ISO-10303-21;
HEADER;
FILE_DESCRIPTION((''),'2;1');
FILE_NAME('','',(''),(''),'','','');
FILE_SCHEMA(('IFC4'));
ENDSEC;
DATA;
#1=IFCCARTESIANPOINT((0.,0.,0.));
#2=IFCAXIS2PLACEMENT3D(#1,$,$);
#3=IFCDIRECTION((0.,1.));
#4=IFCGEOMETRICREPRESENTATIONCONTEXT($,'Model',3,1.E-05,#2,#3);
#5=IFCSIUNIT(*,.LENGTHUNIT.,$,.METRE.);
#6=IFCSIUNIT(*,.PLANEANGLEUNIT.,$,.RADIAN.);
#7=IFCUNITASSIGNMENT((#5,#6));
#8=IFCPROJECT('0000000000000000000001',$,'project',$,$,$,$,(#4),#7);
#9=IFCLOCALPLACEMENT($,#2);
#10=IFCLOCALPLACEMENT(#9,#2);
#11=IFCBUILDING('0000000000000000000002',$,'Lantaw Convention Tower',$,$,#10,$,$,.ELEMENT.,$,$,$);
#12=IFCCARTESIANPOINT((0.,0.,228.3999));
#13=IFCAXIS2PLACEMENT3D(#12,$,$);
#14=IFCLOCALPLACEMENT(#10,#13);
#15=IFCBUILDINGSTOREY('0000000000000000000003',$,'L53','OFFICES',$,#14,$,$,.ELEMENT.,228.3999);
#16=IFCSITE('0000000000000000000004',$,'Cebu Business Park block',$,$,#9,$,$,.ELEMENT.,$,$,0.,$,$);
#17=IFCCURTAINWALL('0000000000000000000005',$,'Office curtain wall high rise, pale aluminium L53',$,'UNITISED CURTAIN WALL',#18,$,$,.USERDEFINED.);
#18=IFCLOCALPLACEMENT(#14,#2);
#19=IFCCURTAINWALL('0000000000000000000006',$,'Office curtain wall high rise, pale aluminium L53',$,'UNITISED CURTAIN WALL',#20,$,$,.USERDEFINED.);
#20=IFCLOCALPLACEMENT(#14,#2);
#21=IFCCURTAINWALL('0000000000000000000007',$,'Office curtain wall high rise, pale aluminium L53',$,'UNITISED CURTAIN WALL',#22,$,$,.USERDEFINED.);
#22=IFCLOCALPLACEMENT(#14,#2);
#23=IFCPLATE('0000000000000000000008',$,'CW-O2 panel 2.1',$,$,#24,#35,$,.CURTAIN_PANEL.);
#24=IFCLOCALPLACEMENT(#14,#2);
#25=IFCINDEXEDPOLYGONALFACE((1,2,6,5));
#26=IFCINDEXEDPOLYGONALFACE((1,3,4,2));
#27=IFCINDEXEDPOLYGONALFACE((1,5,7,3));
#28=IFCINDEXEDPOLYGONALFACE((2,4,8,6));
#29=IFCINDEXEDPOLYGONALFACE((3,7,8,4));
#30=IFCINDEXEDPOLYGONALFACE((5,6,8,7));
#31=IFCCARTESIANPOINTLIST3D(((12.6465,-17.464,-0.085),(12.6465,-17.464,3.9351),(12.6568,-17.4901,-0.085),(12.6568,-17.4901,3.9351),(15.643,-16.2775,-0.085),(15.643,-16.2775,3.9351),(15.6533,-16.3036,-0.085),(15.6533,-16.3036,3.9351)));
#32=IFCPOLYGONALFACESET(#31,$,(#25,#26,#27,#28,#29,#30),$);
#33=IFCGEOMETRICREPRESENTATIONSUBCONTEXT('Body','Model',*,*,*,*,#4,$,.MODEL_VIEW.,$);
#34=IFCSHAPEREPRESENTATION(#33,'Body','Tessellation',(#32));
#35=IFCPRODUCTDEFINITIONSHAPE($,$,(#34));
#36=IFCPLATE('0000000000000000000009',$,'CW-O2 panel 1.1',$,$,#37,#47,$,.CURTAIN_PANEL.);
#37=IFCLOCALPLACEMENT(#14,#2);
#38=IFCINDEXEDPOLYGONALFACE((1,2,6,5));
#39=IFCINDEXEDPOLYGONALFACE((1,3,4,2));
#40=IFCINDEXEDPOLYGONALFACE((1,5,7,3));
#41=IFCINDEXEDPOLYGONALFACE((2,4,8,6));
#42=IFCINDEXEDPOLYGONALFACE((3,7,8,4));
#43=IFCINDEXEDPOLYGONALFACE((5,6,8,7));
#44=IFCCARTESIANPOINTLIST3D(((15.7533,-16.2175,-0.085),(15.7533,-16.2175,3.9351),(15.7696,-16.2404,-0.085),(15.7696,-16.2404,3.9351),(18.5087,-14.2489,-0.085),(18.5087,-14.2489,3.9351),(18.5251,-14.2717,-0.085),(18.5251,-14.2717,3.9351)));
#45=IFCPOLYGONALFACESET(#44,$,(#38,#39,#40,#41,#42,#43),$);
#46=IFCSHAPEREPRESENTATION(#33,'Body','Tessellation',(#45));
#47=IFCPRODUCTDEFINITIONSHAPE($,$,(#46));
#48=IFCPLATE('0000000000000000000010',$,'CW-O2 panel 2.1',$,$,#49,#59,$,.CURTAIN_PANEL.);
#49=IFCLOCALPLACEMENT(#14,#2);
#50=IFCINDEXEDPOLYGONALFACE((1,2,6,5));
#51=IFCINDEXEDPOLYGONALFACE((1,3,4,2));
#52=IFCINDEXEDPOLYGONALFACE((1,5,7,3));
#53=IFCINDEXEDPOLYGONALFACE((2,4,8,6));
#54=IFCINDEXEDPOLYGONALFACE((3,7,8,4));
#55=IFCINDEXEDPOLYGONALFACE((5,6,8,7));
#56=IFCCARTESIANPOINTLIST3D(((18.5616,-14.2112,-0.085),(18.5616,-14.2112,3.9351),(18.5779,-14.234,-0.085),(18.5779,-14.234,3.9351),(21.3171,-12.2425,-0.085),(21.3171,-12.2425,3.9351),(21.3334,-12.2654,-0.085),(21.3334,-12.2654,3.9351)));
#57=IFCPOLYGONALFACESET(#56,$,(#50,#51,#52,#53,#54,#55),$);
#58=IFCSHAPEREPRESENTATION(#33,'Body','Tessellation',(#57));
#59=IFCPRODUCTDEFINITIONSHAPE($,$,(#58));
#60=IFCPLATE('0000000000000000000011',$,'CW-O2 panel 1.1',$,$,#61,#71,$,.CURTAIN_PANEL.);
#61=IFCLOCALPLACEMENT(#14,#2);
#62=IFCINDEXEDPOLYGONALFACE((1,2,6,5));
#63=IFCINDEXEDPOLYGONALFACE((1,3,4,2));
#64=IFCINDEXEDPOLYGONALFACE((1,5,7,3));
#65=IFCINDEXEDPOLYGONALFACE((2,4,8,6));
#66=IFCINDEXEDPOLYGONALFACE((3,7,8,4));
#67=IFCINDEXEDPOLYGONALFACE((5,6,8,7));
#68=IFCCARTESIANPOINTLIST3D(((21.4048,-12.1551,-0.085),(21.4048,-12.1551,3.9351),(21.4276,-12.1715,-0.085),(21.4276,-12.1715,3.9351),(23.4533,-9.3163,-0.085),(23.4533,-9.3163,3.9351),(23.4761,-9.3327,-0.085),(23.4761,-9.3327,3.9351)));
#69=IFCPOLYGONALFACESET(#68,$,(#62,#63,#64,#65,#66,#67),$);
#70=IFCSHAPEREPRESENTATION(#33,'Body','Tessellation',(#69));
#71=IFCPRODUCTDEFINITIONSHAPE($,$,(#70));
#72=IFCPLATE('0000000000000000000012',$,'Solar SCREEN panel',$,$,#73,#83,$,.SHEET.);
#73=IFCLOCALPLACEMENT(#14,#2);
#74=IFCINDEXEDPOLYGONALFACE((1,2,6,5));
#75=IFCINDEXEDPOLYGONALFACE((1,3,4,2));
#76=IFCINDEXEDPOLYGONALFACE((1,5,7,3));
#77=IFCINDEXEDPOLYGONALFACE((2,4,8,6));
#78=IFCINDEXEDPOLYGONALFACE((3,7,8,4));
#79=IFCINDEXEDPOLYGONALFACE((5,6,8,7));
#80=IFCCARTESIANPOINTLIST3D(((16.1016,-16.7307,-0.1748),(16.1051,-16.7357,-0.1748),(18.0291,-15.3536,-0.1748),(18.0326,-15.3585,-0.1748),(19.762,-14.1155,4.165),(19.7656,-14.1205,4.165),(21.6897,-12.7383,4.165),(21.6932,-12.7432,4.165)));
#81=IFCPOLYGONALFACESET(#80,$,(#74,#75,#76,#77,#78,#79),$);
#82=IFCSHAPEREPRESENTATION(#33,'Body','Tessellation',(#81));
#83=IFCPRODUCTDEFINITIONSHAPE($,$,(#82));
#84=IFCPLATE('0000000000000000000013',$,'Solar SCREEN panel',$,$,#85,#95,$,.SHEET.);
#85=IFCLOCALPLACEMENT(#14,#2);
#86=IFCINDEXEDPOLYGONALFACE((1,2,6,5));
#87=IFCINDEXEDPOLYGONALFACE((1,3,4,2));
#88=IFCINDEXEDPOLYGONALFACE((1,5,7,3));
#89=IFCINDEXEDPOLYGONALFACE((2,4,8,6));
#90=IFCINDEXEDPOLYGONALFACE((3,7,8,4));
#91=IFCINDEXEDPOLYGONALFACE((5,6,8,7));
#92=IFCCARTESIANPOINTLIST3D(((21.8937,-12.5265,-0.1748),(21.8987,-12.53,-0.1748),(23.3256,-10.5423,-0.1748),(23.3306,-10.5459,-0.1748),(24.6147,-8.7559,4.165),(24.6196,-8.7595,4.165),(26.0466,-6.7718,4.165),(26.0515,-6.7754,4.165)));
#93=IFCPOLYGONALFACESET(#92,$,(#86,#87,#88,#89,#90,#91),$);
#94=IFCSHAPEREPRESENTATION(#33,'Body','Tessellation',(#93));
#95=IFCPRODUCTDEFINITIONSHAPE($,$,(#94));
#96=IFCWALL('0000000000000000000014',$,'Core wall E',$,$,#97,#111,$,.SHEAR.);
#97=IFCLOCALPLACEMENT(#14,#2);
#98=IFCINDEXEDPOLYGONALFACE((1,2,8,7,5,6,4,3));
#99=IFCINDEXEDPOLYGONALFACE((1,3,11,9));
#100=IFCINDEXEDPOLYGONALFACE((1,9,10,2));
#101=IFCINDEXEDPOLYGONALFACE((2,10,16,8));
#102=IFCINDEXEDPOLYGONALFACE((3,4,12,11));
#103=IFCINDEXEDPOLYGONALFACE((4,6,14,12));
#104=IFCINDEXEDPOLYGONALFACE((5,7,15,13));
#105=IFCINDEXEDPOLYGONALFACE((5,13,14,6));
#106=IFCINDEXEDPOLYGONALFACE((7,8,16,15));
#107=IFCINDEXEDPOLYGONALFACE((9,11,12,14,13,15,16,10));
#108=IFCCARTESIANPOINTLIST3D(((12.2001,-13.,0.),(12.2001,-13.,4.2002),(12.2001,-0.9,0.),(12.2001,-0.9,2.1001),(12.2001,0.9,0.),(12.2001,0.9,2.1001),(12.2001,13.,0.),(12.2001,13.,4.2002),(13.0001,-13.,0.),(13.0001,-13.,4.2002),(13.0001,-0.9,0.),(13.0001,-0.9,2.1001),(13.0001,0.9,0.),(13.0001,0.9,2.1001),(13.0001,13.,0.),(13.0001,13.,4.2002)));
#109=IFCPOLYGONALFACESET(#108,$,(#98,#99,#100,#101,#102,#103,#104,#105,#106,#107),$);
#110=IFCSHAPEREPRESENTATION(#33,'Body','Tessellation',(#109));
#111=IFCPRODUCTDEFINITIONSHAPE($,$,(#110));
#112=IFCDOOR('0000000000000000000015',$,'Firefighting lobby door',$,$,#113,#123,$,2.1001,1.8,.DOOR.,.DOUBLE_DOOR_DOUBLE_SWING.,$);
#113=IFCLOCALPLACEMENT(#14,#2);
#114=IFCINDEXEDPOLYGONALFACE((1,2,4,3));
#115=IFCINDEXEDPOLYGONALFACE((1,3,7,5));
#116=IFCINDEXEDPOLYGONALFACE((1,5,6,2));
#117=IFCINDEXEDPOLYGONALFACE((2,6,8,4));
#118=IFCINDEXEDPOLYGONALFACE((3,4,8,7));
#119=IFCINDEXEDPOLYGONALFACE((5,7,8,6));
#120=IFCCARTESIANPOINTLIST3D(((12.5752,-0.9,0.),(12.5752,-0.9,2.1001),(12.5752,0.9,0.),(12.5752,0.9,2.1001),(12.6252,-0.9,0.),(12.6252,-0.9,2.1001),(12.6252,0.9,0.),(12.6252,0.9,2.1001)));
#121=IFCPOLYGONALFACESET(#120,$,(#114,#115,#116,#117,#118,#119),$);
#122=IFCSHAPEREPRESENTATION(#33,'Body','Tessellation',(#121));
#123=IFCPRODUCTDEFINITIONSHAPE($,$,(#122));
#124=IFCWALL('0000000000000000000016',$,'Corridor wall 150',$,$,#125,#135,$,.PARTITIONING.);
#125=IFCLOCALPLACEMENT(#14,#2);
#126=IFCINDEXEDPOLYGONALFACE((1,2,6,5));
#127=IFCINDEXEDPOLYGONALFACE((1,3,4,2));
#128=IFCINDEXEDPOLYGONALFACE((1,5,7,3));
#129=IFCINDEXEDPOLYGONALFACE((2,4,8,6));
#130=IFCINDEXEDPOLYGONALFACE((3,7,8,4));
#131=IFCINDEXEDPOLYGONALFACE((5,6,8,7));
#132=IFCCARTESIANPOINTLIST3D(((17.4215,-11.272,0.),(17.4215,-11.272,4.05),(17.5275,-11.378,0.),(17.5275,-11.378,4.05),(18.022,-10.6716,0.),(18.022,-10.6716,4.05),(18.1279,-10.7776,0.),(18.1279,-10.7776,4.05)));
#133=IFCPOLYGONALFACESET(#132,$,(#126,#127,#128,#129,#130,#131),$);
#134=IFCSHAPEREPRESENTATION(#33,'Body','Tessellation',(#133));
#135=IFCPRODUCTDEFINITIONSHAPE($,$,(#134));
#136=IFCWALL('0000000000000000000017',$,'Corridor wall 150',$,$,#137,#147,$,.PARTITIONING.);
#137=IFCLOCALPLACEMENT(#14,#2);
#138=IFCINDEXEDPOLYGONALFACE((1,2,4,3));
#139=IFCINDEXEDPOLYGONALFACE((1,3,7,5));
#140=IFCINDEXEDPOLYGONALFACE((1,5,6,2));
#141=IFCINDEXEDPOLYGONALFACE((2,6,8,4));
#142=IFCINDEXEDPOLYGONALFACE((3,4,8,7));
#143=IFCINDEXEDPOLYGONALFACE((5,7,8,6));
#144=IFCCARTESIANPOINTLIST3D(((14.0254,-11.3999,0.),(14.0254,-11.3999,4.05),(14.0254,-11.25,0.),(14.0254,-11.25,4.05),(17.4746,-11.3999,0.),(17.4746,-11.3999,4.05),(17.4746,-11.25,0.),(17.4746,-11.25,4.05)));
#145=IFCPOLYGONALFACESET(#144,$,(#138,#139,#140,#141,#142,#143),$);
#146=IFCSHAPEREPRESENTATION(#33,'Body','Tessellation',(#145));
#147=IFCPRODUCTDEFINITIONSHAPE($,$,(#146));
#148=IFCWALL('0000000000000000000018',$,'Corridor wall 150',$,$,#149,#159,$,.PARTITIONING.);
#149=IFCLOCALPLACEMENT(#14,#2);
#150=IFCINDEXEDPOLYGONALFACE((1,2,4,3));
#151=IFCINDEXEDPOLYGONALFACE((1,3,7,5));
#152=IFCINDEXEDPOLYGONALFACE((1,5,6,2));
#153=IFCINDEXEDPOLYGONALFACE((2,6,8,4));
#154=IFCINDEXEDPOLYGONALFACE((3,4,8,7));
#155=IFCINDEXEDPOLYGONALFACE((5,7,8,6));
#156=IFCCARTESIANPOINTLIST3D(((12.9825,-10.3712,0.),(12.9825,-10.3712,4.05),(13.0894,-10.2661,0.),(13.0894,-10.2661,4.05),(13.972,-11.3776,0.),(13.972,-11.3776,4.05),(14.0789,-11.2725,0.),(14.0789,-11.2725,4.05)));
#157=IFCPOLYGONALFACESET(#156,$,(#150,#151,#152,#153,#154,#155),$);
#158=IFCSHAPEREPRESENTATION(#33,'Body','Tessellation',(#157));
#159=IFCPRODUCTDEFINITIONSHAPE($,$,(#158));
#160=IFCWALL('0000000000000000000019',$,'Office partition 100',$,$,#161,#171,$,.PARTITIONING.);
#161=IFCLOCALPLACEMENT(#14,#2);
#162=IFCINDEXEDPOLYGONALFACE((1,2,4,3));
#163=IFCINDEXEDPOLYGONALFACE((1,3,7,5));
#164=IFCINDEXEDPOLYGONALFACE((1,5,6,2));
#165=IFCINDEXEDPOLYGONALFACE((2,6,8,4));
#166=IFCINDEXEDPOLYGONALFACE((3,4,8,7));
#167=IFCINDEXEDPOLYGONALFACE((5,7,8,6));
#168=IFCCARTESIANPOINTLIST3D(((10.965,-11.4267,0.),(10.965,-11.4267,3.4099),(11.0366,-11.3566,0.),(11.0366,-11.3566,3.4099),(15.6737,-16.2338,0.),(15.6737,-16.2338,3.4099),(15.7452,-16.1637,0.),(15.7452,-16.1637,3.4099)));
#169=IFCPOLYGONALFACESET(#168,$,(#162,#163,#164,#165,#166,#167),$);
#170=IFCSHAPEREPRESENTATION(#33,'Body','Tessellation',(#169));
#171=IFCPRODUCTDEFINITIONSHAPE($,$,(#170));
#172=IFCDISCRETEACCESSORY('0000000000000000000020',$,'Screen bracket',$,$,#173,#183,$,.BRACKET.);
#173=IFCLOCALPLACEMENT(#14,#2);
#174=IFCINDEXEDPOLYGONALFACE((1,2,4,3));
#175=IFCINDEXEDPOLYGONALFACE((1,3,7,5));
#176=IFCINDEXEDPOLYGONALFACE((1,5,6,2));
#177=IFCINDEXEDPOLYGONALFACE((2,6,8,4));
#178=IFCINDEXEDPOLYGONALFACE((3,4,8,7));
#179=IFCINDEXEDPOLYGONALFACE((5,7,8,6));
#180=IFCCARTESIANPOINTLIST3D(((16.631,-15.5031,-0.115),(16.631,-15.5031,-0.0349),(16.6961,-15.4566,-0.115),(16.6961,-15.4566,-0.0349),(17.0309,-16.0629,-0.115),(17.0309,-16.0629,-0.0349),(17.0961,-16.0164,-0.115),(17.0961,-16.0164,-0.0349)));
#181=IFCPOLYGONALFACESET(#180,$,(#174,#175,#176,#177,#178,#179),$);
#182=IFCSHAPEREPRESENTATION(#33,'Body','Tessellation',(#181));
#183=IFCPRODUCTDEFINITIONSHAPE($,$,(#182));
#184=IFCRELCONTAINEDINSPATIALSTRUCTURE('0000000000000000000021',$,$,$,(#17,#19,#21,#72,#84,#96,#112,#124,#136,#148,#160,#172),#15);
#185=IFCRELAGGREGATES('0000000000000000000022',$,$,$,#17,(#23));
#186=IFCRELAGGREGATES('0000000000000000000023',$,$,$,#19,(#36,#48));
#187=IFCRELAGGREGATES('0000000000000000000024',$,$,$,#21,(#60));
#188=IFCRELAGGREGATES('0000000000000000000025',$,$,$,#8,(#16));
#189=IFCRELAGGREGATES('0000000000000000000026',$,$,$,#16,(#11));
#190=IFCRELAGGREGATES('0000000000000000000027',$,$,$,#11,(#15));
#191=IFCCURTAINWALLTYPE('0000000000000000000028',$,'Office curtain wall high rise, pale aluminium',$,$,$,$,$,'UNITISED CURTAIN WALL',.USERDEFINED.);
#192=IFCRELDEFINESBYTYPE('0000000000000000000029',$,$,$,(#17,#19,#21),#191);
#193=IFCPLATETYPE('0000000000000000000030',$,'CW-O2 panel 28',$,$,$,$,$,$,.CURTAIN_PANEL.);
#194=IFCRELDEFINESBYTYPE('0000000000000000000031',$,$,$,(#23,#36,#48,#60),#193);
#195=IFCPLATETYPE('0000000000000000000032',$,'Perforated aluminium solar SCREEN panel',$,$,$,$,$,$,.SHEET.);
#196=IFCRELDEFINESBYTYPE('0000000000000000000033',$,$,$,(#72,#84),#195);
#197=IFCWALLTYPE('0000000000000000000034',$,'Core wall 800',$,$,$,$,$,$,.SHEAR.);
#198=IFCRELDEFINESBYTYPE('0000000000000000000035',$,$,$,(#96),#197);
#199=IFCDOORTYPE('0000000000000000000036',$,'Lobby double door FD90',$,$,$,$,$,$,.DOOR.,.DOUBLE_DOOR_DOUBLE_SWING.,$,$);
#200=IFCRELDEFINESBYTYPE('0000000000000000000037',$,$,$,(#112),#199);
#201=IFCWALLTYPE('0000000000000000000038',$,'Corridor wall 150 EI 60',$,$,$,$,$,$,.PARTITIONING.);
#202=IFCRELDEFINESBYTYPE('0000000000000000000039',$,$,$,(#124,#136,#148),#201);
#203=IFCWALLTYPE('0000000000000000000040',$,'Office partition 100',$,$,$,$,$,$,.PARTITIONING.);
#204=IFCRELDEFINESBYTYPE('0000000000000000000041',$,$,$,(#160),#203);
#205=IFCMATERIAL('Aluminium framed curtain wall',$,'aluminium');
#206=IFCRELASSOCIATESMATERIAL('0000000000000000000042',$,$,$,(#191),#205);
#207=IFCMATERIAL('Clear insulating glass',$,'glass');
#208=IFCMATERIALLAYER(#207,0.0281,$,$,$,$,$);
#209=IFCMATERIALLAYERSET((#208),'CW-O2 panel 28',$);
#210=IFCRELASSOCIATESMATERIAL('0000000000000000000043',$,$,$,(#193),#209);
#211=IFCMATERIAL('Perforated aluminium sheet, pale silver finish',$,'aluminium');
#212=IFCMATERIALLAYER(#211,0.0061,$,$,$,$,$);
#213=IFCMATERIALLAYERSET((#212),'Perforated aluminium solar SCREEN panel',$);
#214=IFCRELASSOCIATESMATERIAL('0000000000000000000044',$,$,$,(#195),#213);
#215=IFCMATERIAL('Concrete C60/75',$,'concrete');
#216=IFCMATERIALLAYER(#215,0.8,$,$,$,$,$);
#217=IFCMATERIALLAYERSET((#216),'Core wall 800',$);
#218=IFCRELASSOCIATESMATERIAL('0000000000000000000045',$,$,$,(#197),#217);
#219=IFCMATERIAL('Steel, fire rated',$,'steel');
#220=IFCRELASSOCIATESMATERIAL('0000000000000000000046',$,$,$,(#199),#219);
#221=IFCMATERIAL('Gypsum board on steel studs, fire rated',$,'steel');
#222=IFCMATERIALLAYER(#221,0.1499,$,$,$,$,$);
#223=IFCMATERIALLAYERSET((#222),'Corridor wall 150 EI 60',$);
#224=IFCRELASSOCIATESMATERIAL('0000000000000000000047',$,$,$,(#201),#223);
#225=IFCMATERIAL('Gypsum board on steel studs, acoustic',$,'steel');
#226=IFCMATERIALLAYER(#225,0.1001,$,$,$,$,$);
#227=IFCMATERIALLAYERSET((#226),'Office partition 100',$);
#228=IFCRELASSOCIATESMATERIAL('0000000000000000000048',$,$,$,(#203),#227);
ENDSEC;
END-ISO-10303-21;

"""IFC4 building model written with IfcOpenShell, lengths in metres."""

from ifc_helpers import new_model, si_unit, direction, frame, frame_2d, origin, origin_2d, place, context, subcontext, project, spatial, polyline, rectangle, outline, extrude, material, layer, layer_set, type_object, element, fill, aggregate, save


model = new_model("IFC4")

# Units and contexts
model_context = context("Model", 3, precision=1e-05, world=origin(), true_north=direction((0.0, 1.0)))
body_context = subcontext(model_context, "Body", "Model", "MODEL_VIEW")
ifc_project = project(units=[si_unit("LENGTHUNIT", "METRE"), si_unit("PLANEANGLEUNIT", "RADIAN")], contexts=[model_context])

# Site, building, storey
site_placement = place(None, origin())
site = spatial("IfcSite", under=ifc_project, at=site_placement, Name="Cebu Business Park block", CompositionType="ELEMENT", RefElevation=0.0)
building_placement = place(site_placement, origin())
building = spatial("IfcBuilding", under=site, at=building_placement, Name="Lantaw Convention Tower", CompositionType="ELEMENT")
storey_placement = place(building_placement, frame((0.0, 0.0, 228.3999)))
storey = spatial("IfcBuildingStorey", under=building, at=storey_placement, Name="L53", Description="OFFICES", CompositionType="ELEMENT", Elevation=228.3999)

# Shared definitions
ifc_material_1 = material(Name="Concrete C60/75", Category="concrete")

# Curtain walls
ifc_material_2 = material(Name="Aluminium framed curtain wall", Category="aluminium")
curtain_wall_type = type_object("IfcCurtainWallType", Name="Office curtain wall high rise, pale aluminium", ElementType="UNITISED CURTAIN WALL", PredefinedType="USERDEFINED", material=ifc_material_2)
curtain_wall_1_placement = place(storey_placement, origin())
curtain_wall_1 = element("IfcCurtainWall", 1, at=curtain_wall_1_placement, inside=storey, type_object=curtain_wall_type, Name="Office curtain wall high rise, pale aluminium L53", ObjectType="UNITISED CURTAIN WALL", PredefinedType="USERDEFINED")
curtain_wall_2_placement = place(storey_placement, origin())
curtain_wall_2 = element("IfcCurtainWall", 2, at=curtain_wall_2_placement, inside=storey, type_object=curtain_wall_type, Name="Office curtain wall high rise, pale aluminium L53", ObjectType="UNITISED CURTAIN WALL", PredefinedType="USERDEFINED")
curtain_wall_3_placement = place(storey_placement, origin())
curtain_wall_3 = element("IfcCurtainWall", 3, at=curtain_wall_3_placement, inside=storey, type_object=curtain_wall_type, Name="Office curtain wall high rise, pale aluminium L53", ObjectType="UNITISED CURTAIN WALL", PredefinedType="USERDEFINED")

# Plates
ifc_material_3 = material(Name="Clear insulating glass", Category="glass")
ifc_layer_1 = layer(ifc_material_3, 0.0281)
ifc_layer_set_1 = layer_set([ifc_layer_1], Name="CW-O2 panel 28")
plate_type_1 = type_object("IfcPlateType", Name="CW-O2 panel 28", PredefinedType="CURTAIN_PANEL", material=ifc_layer_set_1)
plate_1_placement = place(storey_placement, frame((14.1499, -16.8838, -0.085), z_axis=(0.0, 0.0, 1.0), x_axis=(0.929762, 0.368162, 0.0)))
plate_1 = element("IfcPlate", 4, at=plate_1_placement, type_object=plate_type_1, Name="CW-O2 panel 2.1", PredefinedType="CURTAIN_PANEL", context=body_context, shape_type="SweptSolid", body=[
    extrude(rectangle(XDim=3.2229, YDim=0.0281, at=origin_2d()), origin(), (0.0, 0.0, 1.0), 4.02),
])
aggregate(curtain_wall_1, [plate_1])
plate_2_placement = place(storey_placement, frame((17.1392, -15.2446, -0.085), z_axis=(0.0, 0.0, 1.0), x_axis=(0.813673, 0.581323, 0.0)))
plate_2 = element("IfcPlate", 5, at=plate_2_placement, type_object=plate_type_1, Name="CW-O2 panel 1.1", PredefinedType="CURTAIN_PANEL", context=body_context, shape_type="SweptSolid", body=[
    extrude(rectangle(XDim=3.3865, YDim=0.0281, at=origin_2d()), origin(), (0.0, 0.0, 1.0), 4.02),
])
plate_3_placement = place(storey_placement, frame((19.9475, -13.2383, -0.085), z_axis=(0.0, 0.0, 1.0), x_axis=(0.813673, 0.581323, 0.0)))
plate_3 = element("IfcPlate", 6, at=plate_3_placement, type_object=plate_type_1, Name="CW-O2 panel 2.1", PredefinedType="CURTAIN_PANEL", context=body_context, shape_type="SweptSolid", body=[
    extrude(rectangle(XDim=3.3865, YDim=0.0281, at=origin_2d()), origin(), (0.0, 0.0, 1.0), 4.02),
])
aggregate(curtain_wall_2, [plate_2, plate_3])
plate_4_placement = place(storey_placement, frame((22.4404, -10.7439, -0.085), z_axis=(0.0, 0.0, 1.0), x_axis=(0.585158, 0.81092, 0.0)))
plate_4 = element("IfcPlate", 7, at=plate_4_placement, type_object=plate_type_1, Name="CW-O2 panel 1.1", PredefinedType="CURTAIN_PANEL", context=body_context, shape_type="SweptSolid", body=[
    extrude(rectangle(XDim=3.5007, YDim=0.0281, at=origin_2d()), origin(), (0.0, 0.0, 1.0), 4.02),
])
aggregate(curtain_wall_3, [plate_4])

# Plates
ifc_material_4 = material(Name="Perforated aluminium sheet, pale silver finish", Category="aluminium")
ifc_layer_2 = layer(ifc_material_4, 0.0061)
ifc_layer_set_2 = layer_set([ifc_layer_2], Name="Perforated aluminium solar SCREEN panel")
plate_type_2 = type_object("IfcPlateType", Name="Perforated aluminium solar SCREEN panel", PredefinedType="SHEET", material=ifc_layer_set_2)
plate_5_placement = place(storey_placement, frame((16.1016, -16.7307, -0.1748), z_axis=(-0.581331, 0.813667, 0.00001), x_axis=(0.813667, 0.581331, 0.0)))
element("IfcPlate", 8, at=plate_5_placement, inside=storey, type_object=plate_type_2, Name="Solar SCREEN panel", PredefinedType="SHEET", context=body_context, shape_type="SweptSolid", body=[
    extrude(outline(polyline([(0.0, 0.0), (2.3689, 0.0), (6.8678, -4.3398), (4.4987, -4.3398), (0.0, 0.0)])), origin(), (0.0, 0.0, -1.0), 0.0061),
])
plate_6_placement = place(storey_placement, frame((21.8987, -12.53, -0.1748), z_axis=(0.810892, -0.585195, 0.00002), x_axis=(0.585195, 0.810892, 0.0)))
element("IfcPlate", 9, at=plate_6_placement, inside=storey, type_object=plate_type_2, Name="Solar SCREEN panel", PredefinedType="SHEET", context=body_context, shape_type="SweptSolid", body=[
    extrude(outline(polyline([(0.0, 0.0), (2.4468, 0.0), (7.0966, 4.3398), (4.6498, 4.3398), (0.0, 0.0)])), origin(), (0.0, 0.0, -1.0), 0.0061),
])

# Wall, opening, door
ifc_layer_3 = layer(ifc_material_1, 0.8)
ifc_layer_set_3 = layer_set([ifc_layer_3], Name="Core wall 800")
wall_type_1 = type_object("IfcWallType", Name="Core wall 800", PredefinedType="SHEAR", material=ifc_layer_set_3)
wall_1_placement = place(storey_placement, frame((12.6001, -13.0, 0.0), z_axis=(0.0, 0.0, 1.0), x_axis=(0.0, 1.0, 0.0)))
wall_1 = element("IfcWall", 10, at=wall_1_placement, inside=storey, type_object=wall_type_1, Name="Core wall E", PredefinedType="SHEAR", context=body_context, shape_type="SweptSolid", body=[
    extrude(rectangle(XDim=26.0, YDim=0.8, at=frame_2d((13.0, 0.0))), origin(), (0.0, 0.0, 1.0), 4.2002),
])
opening_placement = place(wall_1_placement, frame((12.1001, 0.0, 0.0)))
opening = element("IfcOpeningElement", 11, at=opening_placement, cuts=wall_1, PredefinedType="OPENING", context=body_context, shape_type="SweptSolid", body=[
    extrude(rectangle(XDim=1.8, YDim=2.1001, at=frame_2d((0.8999, 1.05))), frame((0.0, 0.4099, 0.0), z_axis=(0.0, -1.0, 0.0), x_axis=(1.0, 0.0, 0.0)), (0.0, 0.0, 1.0), 0.8201),
])
ifc_material_5 = material(Name="Steel, fire rated", Category="steel")
door_type = type_object("IfcDoorType", Name="Lobby double door FD90", OperationType="DOUBLE_DOOR_DOUBLE_SWING", PredefinedType="DOOR", material=ifc_material_5)
door_placement = place(opening_placement, origin())
door = element("IfcDoor", 12, at=door_placement, inside=storey, type_object=door_type, Name="Firefighting lobby door", OperationType="DOUBLE_DOOR_DOUBLE_SWING", OverallHeight=2.1001, OverallWidth=1.8, PredefinedType="DOOR", context=body_context, shape_type="SweptSolid", body=[
    extrude(rectangle(XDim=1.8, YDim=2.1001, at=frame_2d((0.8999, 1.05))), frame((0.0, 0.0249, 0.0), z_axis=(0.0, -1.0, 0.0), x_axis=(1.0, 0.0, 0.0)), (0.0, 0.0, 1.0), 0.05),
])
fill(opening, door)

# Walls
ifc_material_6 = material(Name="Gypsum board on steel studs, fire rated", Category="steel")
ifc_layer_4 = layer(ifc_material_6, 0.1499)
ifc_layer_set_4 = layer_set([ifc_layer_4], Name="Corridor wall 150 EI 60")
wall_type_2 = type_object("IfcWallType", Name="Corridor wall 150 EI 60", PredefinedType="PARTITIONING", material=ifc_layer_set_4)
wall_2_placement = place(storey_placement, frame((18.075, -10.7246, 0.0), z_axis=(0.0, 0.0, 1.0), x_axis=(-0.707107, -0.707107, 0.0)))
element("IfcWall", 13, at=wall_2_placement, inside=storey, type_object=wall_type_2, Name="Corridor wall 150", PredefinedType="PARTITIONING", context=body_context, shape_type="SweptSolid", body=[
    extrude(rectangle(XDim=0.8491, YDim=0.1499, at=frame_2d((0.4246, 0.0))), origin(), (0.0, 0.0, 1.0), 4.05),
])
wall_3_placement = place(storey_placement, frame((17.4746, -11.325, 0.0), z_axis=(0.0, 0.0, 1.0), x_axis=(-1.0, 0.0, 0.0)))
element("IfcWall", 14, at=wall_3_placement, inside=storey, type_object=wall_type_2, Name="Corridor wall 150", PredefinedType="PARTITIONING", context=body_context, shape_type="SweptSolid", body=[
    extrude(rectangle(XDim=3.4492, YDim=0.1499, at=frame_2d((1.7246, 0.0))), origin(), (0.0, 0.0, 1.0), 4.05),
])
wall_4_placement = place(storey_placement, frame((14.0254, -11.325, 0.0), z_axis=(0.0, 0.0, 1.0), x_axis=(-0.701114, 0.71305, 0.0)))
element("IfcWall", 15, at=wall_4_placement, inside=storey, type_object=wall_type_2, Name="Corridor wall 150", PredefinedType="PARTITIONING", context=body_context, shape_type="SweptSolid", body=[
    extrude(rectangle(XDim=1.4114, YDim=0.1499, at=frame_2d((0.7056, 0.0))), origin(), (0.0, 0.0, 1.0), 4.05),
])
ifc_material_7 = material(Name="Gypsum board on steel studs, acoustic", Category="steel")
ifc_layer_5 = layer(ifc_material_7, 0.1001)
ifc_layer_set_5 = layer_set([ifc_layer_5], Name="Office partition 100")
wall_type_3 = type_object("IfcWallType", Name="Office partition 100", PredefinedType="PARTITIONING", material=ifc_layer_set_5)
wall_5_placement = place(storey_placement, frame((15.7095, -16.1987, 0.0), z_axis=(0.0, 0.0, 1.0), x_axis=(-0.699758, 0.71438, 0.0)))
element("IfcWall", 16, at=wall_5_placement, inside=storey, type_object=wall_type_3, Name="Office partition 100", PredefinedType="PARTITIONING", context=body_context, shape_type="SweptSolid", body=[
    extrude(rectangle(XDim=6.729, YDim=0.1001, at=frame_2d((3.3645, 0.0))), origin(), (0.0, 0.0, 1.0), 3.4099),
])

# Discrete accessory
for number, where, z_axis, x_axis, name in (
    (17, (16.8635, -15.7598, -0.115), (0.0, 0.0, 1.0), (0.813673, 0.581323, 0.0), "Screen bracket"),
):
    element("IfcDiscreteAccessory", number, at=place(storey_placement, frame(where, z_axis=z_axis, x_axis=x_axis)), inside=storey, Name=name, PredefinedType="BRACKET", context=body_context, shape_type="SweptSolid", body=[
        extrude(rectangle(XDim=0.0801, YDim=0.688, at=origin_2d()), origin(), (0.0, 0.0, 1.0), 0.0801),
    ])

save(model, "model.ifc")
